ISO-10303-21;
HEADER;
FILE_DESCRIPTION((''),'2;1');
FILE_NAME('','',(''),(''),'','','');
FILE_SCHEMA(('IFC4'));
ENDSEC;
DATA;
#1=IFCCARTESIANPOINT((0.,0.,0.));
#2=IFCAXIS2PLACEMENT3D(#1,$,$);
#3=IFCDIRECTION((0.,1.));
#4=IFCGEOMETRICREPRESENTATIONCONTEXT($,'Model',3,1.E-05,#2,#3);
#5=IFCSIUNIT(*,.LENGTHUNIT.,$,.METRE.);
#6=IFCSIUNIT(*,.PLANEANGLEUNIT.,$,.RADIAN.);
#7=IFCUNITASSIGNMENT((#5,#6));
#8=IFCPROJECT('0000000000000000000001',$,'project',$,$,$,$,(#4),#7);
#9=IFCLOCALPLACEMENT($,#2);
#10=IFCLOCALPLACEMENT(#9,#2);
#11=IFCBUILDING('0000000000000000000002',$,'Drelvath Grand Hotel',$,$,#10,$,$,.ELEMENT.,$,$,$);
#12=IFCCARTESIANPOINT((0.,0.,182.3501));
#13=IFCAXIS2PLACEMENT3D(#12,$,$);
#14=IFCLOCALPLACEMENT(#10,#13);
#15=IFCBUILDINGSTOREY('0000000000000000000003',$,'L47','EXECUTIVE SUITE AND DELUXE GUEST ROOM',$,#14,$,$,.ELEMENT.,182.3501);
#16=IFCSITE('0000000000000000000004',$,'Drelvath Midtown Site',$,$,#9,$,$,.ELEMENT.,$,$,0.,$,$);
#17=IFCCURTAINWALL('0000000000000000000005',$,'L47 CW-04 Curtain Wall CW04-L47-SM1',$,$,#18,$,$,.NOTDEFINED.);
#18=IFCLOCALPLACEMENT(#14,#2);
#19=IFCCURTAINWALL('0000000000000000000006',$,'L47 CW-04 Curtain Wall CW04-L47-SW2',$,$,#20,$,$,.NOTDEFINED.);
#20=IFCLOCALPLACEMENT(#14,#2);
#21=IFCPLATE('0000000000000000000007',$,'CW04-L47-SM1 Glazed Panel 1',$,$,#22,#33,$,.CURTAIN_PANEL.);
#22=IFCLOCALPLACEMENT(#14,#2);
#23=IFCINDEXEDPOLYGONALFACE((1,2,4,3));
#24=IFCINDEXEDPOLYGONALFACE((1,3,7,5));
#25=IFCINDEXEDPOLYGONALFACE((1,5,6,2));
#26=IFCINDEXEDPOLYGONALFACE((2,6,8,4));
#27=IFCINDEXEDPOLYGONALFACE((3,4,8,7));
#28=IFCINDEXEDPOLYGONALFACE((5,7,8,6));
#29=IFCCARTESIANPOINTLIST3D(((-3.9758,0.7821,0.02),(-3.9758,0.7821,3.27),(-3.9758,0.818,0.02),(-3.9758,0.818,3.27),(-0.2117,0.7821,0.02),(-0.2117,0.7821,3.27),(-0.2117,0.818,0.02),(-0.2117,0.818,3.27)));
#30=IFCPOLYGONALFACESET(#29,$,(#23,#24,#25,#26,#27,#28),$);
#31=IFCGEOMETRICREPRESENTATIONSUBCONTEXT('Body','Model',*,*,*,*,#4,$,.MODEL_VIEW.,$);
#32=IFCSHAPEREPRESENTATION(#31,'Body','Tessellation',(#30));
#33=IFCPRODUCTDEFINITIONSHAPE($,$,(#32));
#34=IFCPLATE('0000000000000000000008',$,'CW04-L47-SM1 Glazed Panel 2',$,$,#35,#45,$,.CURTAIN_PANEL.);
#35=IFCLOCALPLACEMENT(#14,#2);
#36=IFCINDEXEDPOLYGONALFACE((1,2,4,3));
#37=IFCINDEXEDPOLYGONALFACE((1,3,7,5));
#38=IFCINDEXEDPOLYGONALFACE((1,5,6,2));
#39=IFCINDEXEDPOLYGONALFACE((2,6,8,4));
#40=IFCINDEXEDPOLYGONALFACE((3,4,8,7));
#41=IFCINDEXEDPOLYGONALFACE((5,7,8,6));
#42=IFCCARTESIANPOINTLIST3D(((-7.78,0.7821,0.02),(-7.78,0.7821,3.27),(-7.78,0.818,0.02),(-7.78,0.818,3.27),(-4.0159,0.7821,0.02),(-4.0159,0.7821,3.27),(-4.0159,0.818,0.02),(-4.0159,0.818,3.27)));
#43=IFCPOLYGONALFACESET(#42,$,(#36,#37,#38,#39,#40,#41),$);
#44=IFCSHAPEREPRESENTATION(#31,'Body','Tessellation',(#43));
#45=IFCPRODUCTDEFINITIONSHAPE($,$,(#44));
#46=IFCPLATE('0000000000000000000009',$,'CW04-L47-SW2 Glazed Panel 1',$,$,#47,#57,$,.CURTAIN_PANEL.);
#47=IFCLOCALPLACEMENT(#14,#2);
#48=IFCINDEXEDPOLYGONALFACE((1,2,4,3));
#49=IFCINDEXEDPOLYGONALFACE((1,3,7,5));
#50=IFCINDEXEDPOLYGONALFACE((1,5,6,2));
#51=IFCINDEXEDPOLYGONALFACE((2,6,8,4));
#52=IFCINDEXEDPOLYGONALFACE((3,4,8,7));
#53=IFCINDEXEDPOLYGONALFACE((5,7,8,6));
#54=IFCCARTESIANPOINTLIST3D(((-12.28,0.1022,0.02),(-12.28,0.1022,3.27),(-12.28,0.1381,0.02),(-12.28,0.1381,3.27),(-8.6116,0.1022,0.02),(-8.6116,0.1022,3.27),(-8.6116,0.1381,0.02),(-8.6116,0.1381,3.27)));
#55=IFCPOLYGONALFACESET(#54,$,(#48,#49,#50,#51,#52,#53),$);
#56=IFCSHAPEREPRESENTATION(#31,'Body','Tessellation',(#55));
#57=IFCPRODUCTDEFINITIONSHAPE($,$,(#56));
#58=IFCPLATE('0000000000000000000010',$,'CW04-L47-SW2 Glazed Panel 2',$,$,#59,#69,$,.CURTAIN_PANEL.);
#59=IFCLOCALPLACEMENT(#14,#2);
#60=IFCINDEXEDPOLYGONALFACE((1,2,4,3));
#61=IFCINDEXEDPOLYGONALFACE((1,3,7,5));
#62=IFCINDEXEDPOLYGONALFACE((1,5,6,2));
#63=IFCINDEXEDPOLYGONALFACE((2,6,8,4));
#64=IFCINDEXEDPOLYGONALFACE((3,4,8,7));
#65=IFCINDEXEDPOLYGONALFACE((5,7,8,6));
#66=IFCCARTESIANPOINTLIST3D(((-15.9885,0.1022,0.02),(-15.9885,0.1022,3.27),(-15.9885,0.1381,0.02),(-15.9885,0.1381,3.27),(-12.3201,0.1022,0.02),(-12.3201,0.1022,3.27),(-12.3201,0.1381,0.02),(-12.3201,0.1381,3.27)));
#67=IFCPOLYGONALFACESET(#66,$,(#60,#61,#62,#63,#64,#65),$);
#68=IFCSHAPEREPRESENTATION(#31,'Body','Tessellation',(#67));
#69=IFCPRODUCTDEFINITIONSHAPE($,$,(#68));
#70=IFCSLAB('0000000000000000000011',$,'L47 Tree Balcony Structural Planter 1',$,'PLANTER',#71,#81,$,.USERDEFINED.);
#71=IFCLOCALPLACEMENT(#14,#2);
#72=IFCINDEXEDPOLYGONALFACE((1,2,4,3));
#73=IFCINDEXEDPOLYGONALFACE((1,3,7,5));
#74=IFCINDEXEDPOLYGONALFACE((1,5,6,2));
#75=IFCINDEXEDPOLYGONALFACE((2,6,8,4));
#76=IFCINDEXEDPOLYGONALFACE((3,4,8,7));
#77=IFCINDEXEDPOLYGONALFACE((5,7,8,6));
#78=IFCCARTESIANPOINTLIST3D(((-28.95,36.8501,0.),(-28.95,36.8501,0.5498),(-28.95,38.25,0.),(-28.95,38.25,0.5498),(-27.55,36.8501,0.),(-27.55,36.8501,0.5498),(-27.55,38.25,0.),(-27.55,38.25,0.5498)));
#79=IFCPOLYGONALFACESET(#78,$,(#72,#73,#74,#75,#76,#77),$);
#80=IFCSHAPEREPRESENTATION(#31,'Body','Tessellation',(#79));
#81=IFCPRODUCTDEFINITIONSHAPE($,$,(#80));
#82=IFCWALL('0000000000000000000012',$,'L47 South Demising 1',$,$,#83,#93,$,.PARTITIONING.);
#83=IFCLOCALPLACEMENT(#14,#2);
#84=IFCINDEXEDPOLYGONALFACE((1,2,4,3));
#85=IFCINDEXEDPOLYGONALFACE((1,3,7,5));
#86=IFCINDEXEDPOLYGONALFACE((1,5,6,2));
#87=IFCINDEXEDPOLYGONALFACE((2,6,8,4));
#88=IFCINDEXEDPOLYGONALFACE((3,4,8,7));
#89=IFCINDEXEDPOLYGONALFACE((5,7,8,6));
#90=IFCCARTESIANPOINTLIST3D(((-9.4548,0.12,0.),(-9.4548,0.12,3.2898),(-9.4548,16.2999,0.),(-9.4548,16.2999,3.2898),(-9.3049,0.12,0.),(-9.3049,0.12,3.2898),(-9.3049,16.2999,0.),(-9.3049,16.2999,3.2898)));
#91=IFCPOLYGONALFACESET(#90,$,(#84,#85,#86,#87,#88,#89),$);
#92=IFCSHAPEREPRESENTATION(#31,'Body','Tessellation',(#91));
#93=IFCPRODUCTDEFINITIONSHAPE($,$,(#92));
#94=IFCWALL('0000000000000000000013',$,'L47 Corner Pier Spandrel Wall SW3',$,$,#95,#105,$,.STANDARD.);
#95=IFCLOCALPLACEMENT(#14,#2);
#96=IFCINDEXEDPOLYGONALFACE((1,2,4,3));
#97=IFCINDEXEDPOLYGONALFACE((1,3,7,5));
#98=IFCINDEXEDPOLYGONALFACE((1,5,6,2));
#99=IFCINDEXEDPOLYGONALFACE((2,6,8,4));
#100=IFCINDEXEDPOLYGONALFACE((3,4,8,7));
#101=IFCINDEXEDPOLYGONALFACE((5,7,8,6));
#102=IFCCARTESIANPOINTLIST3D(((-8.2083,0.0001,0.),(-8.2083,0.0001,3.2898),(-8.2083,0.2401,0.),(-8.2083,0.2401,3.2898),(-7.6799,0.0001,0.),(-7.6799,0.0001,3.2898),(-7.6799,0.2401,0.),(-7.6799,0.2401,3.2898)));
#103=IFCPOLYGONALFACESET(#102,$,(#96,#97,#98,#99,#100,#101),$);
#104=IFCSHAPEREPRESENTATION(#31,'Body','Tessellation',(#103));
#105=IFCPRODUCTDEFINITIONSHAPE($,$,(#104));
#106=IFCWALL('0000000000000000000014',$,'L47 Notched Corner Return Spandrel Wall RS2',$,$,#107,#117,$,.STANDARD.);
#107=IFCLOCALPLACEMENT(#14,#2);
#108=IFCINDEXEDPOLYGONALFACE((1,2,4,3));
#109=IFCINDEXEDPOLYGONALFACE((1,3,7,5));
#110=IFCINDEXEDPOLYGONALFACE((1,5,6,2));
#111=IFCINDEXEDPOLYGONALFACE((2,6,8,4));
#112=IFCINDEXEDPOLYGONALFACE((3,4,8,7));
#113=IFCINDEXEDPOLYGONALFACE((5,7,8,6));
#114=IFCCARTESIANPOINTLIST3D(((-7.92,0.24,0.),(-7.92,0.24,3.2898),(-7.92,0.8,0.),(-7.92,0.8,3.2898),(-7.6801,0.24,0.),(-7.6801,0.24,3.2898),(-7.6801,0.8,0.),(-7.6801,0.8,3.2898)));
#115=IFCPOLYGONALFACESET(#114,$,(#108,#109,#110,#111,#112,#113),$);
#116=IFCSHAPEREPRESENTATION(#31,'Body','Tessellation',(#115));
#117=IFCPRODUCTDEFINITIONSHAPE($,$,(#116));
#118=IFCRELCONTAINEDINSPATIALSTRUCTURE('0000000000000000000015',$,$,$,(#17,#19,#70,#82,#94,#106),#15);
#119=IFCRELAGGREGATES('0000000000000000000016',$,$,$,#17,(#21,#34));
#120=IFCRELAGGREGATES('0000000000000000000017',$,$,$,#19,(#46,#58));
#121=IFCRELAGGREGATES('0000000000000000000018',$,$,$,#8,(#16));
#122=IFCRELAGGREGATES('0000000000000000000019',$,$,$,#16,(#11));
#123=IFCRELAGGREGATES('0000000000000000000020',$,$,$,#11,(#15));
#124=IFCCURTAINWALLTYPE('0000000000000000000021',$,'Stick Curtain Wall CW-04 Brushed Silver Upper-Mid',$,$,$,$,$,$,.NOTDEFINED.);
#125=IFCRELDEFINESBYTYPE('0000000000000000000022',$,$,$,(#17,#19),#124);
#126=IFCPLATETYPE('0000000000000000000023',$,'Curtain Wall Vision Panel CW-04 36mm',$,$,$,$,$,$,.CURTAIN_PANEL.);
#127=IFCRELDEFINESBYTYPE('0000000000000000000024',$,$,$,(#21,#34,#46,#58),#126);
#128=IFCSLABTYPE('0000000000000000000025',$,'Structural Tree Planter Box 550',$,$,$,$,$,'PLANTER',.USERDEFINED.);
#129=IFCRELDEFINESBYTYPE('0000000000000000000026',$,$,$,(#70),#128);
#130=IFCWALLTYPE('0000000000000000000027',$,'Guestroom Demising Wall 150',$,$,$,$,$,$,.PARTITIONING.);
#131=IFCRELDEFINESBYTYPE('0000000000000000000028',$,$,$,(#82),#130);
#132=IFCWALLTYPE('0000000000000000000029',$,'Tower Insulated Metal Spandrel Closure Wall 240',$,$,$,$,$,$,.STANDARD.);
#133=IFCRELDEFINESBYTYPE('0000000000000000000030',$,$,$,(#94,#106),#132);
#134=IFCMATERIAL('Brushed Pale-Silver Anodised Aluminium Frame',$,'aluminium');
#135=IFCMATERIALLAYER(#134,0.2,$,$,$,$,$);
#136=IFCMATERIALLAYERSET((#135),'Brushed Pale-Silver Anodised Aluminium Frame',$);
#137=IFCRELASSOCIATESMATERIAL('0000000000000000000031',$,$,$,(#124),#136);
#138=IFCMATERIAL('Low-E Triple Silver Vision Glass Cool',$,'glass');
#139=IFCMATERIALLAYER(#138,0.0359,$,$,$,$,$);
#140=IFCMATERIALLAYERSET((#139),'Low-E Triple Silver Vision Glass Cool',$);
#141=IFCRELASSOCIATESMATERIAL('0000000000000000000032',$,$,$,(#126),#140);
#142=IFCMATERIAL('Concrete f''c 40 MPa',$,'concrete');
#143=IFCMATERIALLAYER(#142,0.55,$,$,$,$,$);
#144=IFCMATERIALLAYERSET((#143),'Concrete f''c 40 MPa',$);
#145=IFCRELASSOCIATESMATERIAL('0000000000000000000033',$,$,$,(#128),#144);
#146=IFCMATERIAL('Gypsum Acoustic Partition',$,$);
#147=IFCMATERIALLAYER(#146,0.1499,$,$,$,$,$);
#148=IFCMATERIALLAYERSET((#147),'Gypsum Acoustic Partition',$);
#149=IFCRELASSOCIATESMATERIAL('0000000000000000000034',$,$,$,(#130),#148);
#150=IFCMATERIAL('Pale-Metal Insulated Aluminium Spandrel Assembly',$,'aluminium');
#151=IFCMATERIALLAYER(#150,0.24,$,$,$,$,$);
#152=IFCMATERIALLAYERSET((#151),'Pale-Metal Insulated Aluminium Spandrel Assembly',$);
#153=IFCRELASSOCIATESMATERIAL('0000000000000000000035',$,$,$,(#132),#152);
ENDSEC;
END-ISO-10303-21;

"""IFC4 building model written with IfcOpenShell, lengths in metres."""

from ifc_helpers import new_model, si_unit, direction, frame, frame_2d, origin, origin_2d, place, context, subcontext, project, spatial, polyline, rectangle, outline, extrude, material, layer, layer_set, type_object, element, aggregate, save


model = new_model("IFC4")

# Units and contexts
model_context = context("Model", 3, precision=1e-05, world=origin(), true_north=direction((0.0, 1.0)))
body_context = subcontext(model_context, "Body", "Model", "MODEL_VIEW")
ifc_project = project(units=[si_unit("LENGTHUNIT", "METRE"), si_unit("PLANEANGLEUNIT", "RADIAN")], contexts=[model_context])

# Site, building, storey
site_placement = place(None, origin())
site = spatial("IfcSite", under=ifc_project, at=site_placement, Name="Drelvath Midtown Site", CompositionType="ELEMENT", RefElevation=0.0)
building_placement = place(site_placement, origin())
building = spatial("IfcBuilding", under=site, at=building_placement, Name="Drelvath Grand Hotel", CompositionType="ELEMENT")
storey_placement = place(building_placement, frame((0.0, 0.0, 182.3501)))
storey = spatial("IfcBuildingStorey", under=building, at=storey_placement, Name="L47", Description="EXECUTIVE SUITE AND DELUXE GUEST ROOM", CompositionType="ELEMENT", Elevation=182.3501)

# Curtain walls
ifc_material_1 = material(Name="Brushed Pale-Silver Anodised Aluminium Frame", Category="aluminium")
ifc_layer_1 = layer(ifc_material_1, 0.2)
ifc_layer_set_1 = layer_set([ifc_layer_1], Name="Brushed Pale-Silver Anodised Aluminium Frame")
curtain_wall_type = type_object("IfcCurtainWallType", Name="Stick Curtain Wall CW-04 Brushed Silver Upper-Mid", PredefinedType="NOTDEFINED", material=ifc_layer_set_1)
curtain_wall_1_placement = place(storey_placement, origin())
curtain_wall_1 = element("IfcCurtainWall", 1, at=curtain_wall_1_placement, inside=storey, type_object=curtain_wall_type, Name="L47 CW-04 Curtain Wall CW04-L47-SM1", PredefinedType="NOTDEFINED")
curtain_wall_2_placement = place(storey_placement, origin())
curtain_wall_2 = element("IfcCurtainWall", 2, at=curtain_wall_2_placement, inside=storey, type_object=curtain_wall_type, Name="L47 CW-04 Curtain Wall CW04-L47-SW2", PredefinedType="NOTDEFINED")

# Shared definitions
ifc_material_2 = material(Name="Concrete f'c 40 MPa", Category="concrete")

# Plates
ifc_material_3 = material(Name="Low-E Triple Silver Vision Glass Cool", Category="glass")
ifc_layer_2 = layer(ifc_material_3, 0.0359)
ifc_layer_set_2 = layer_set([ifc_layer_2], Name="Low-E Triple Silver Vision Glass Cool")
plate_type = type_object("IfcPlateType", Name="Curtain Wall Vision Panel CW-04 36mm", PredefinedType="CURTAIN_PANEL", material=ifc_layer_set_2)
plate_1_placement = place(storey_placement, frame((-2.0938, 0.8, 0.02), z_axis=(0.0, 0.0, 1.0), x_axis=(-1.0, 0.0, 0.0)))
plate_1 = element("IfcPlate", 3, at=plate_1_placement, type_object=plate_type, Name="CW04-L47-SM1 Glazed Panel 1", PredefinedType="CURTAIN_PANEL", context=body_context, shape_type="SweptSolid", body=[
    extrude(rectangle(XDim=3.7642, YDim=0.0359, at=origin_2d()), origin(), (0.0, 0.0, 1.0), 3.25),
])
plate_2_placement = place(storey_placement, frame((-5.8979, 0.8, 0.02), z_axis=(0.0, 0.0, 1.0), x_axis=(-1.0, 0.0, 0.0)))
plate_2 = element("IfcPlate", 4, at=plate_2_placement, type_object=plate_type, Name="CW04-L47-SM1 Glazed Panel 2", PredefinedType="CURTAIN_PANEL", context=body_context, shape_type="SweptSolid", body=[
    extrude(rectangle(XDim=3.7642, YDim=0.0359, at=origin_2d()), origin(), (0.0, 0.0, 1.0), 3.25),
])
aggregate(curtain_wall_1, [plate_1, plate_2])
plate_3_placement = place(storey_placement, frame((-10.4458, 0.1201, 0.02), z_axis=(0.0, 0.0, 1.0), x_axis=(-1.0, 0.0, 0.0)))
plate_3 = element("IfcPlate", 5, at=plate_3_placement, type_object=plate_type, Name="CW04-L47-SW2 Glazed Panel 1", PredefinedType="CURTAIN_PANEL", context=body_context, shape_type="SweptSolid", body=[
    extrude(rectangle(XDim=3.6685, YDim=0.0359, at=origin_2d()), origin(), (0.0, 0.0, 1.0), 3.25),
])
plate_4_placement = place(storey_placement, frame((-14.1543, 0.1201, 0.02), z_axis=(0.0, 0.0, 1.0), x_axis=(-1.0, 0.0, 0.0)))
plate_4 = element("IfcPlate", 6, at=plate_4_placement, type_object=plate_type, Name="CW04-L47-SW2 Glazed Panel 2", PredefinedType="CURTAIN_PANEL", context=body_context, shape_type="SweptSolid", body=[
    extrude(rectangle(XDim=3.6685, YDim=0.0359, at=origin_2d()), origin(), (0.0, 0.0, 1.0), 3.25),
])
aggregate(curtain_wall_2, [plate_3, plate_4])

# Slab
ifc_layer_3 = layer(ifc_material_2, 0.55)
ifc_layer_set_3 = layer_set([ifc_layer_3], Name="Concrete f'c 40 MPa")
slab_type_1 = type_object("IfcSlabType", Name="Structural Tree Planter Box 550", ElementType="PLANTER", PredefinedType="USERDEFINED", material=ifc_layer_set_3)
slab_1_placement = place(storey_placement, origin())
element("IfcSlab", 7, at=slab_1_placement, inside=storey, type_object=slab_type_1, Name="L47 Tree Balcony Structural Planter 1", ObjectType="PLANTER", PredefinedType="USERDEFINED", context=body_context, shape_type="SweptSolid", body=[
    extrude(outline(polyline([(-28.95, 36.8501), (-27.55, 36.8501), (-27.55, 38.25), (-28.95, 38.25), (-28.95, 36.8501)])), origin(), (0.0, 0.0, 1.0), 0.5498),
])

# Walls
ifc_material_4 = material(Name="Gypsum Acoustic Partition")
ifc_layer_4 = layer(ifc_material_4, 0.1499)
ifc_layer_set_4 = layer_set([ifc_layer_4], Name="Gypsum Acoustic Partition")
wall_type_1 = type_object("IfcWallType", Name="Guestroom Demising Wall 150", PredefinedType="PARTITIONING", material=ifc_layer_set_4)
wall_1_placement = place(storey_placement, frame((-9.3799, 0.1201, 0.0), z_axis=(0.0, 0.0, 1.0), x_axis=(0.0, 1.0, 0.0)))
element("IfcWall", 8, at=wall_1_placement, inside=storey, type_object=wall_type_1, Name="L47 South Demising 1", PredefinedType="PARTITIONING", context=body_context, shape_type="SweptSolid", body=[
    extrude(rectangle(XDim=16.1799, YDim=0.1499, at=frame_2d((8.0898, 0.0))), origin(), (0.0, 0.0, 1.0), 3.2898),
])
ifc_material_5 = material(Name="Pale-Metal Insulated Aluminium Spandrel Assembly", Category="aluminium")
ifc_layer_5 = layer(ifc_material_5, 0.24)
ifc_layer_set_5 = layer_set([ifc_layer_5], Name="Pale-Metal Insulated Aluminium Spandrel Assembly")
wall_type_2 = type_object("IfcWallType", Name="Tower Insulated Metal Spandrel Closure Wall 240", PredefinedType="STANDARD", material=ifc_layer_set_5)
wall_2_placement = place(storey_placement, frame((-7.6799, 0.1201, 0.0), z_axis=(0.0, 0.0, 1.0), x_axis=(-1.0, 0.0, 0.0)))
element("IfcWall", 9, at=wall_2_placement, inside=storey, type_object=wall_type_2, Name="L47 Corner Pier Spandrel Wall SW3", PredefinedType="STANDARD", context=body_context, shape_type="SweptSolid", body=[
    extrude(rectangle(XDim=0.5283, YDim=0.24, at=frame_2d((0.2642, 0.0))), origin(), (0.0, 0.0, 1.0), 3.2898),
])
wall_3_placement = place(storey_placement, frame((-7.8, 0.8, 0.0), z_axis=(0.0, 0.0, 1.0), x_axis=(0.0, -1.0, 0.0)))
element("IfcWall", 10, at=wall_3_placement, inside=storey, type_object=wall_type_2, Name="L47 Notched Corner Return Spandrel Wall RS2", PredefinedType="STANDARD", context=body_context, shape_type="SweptSolid", body=[
    extrude(rectangle(XDim=0.5601, YDim=0.24, at=frame_2d((0.28, 0.0))), origin(), (0.0, 0.0, 1.0), 3.2898),
])

save(model, "model.ifc")
